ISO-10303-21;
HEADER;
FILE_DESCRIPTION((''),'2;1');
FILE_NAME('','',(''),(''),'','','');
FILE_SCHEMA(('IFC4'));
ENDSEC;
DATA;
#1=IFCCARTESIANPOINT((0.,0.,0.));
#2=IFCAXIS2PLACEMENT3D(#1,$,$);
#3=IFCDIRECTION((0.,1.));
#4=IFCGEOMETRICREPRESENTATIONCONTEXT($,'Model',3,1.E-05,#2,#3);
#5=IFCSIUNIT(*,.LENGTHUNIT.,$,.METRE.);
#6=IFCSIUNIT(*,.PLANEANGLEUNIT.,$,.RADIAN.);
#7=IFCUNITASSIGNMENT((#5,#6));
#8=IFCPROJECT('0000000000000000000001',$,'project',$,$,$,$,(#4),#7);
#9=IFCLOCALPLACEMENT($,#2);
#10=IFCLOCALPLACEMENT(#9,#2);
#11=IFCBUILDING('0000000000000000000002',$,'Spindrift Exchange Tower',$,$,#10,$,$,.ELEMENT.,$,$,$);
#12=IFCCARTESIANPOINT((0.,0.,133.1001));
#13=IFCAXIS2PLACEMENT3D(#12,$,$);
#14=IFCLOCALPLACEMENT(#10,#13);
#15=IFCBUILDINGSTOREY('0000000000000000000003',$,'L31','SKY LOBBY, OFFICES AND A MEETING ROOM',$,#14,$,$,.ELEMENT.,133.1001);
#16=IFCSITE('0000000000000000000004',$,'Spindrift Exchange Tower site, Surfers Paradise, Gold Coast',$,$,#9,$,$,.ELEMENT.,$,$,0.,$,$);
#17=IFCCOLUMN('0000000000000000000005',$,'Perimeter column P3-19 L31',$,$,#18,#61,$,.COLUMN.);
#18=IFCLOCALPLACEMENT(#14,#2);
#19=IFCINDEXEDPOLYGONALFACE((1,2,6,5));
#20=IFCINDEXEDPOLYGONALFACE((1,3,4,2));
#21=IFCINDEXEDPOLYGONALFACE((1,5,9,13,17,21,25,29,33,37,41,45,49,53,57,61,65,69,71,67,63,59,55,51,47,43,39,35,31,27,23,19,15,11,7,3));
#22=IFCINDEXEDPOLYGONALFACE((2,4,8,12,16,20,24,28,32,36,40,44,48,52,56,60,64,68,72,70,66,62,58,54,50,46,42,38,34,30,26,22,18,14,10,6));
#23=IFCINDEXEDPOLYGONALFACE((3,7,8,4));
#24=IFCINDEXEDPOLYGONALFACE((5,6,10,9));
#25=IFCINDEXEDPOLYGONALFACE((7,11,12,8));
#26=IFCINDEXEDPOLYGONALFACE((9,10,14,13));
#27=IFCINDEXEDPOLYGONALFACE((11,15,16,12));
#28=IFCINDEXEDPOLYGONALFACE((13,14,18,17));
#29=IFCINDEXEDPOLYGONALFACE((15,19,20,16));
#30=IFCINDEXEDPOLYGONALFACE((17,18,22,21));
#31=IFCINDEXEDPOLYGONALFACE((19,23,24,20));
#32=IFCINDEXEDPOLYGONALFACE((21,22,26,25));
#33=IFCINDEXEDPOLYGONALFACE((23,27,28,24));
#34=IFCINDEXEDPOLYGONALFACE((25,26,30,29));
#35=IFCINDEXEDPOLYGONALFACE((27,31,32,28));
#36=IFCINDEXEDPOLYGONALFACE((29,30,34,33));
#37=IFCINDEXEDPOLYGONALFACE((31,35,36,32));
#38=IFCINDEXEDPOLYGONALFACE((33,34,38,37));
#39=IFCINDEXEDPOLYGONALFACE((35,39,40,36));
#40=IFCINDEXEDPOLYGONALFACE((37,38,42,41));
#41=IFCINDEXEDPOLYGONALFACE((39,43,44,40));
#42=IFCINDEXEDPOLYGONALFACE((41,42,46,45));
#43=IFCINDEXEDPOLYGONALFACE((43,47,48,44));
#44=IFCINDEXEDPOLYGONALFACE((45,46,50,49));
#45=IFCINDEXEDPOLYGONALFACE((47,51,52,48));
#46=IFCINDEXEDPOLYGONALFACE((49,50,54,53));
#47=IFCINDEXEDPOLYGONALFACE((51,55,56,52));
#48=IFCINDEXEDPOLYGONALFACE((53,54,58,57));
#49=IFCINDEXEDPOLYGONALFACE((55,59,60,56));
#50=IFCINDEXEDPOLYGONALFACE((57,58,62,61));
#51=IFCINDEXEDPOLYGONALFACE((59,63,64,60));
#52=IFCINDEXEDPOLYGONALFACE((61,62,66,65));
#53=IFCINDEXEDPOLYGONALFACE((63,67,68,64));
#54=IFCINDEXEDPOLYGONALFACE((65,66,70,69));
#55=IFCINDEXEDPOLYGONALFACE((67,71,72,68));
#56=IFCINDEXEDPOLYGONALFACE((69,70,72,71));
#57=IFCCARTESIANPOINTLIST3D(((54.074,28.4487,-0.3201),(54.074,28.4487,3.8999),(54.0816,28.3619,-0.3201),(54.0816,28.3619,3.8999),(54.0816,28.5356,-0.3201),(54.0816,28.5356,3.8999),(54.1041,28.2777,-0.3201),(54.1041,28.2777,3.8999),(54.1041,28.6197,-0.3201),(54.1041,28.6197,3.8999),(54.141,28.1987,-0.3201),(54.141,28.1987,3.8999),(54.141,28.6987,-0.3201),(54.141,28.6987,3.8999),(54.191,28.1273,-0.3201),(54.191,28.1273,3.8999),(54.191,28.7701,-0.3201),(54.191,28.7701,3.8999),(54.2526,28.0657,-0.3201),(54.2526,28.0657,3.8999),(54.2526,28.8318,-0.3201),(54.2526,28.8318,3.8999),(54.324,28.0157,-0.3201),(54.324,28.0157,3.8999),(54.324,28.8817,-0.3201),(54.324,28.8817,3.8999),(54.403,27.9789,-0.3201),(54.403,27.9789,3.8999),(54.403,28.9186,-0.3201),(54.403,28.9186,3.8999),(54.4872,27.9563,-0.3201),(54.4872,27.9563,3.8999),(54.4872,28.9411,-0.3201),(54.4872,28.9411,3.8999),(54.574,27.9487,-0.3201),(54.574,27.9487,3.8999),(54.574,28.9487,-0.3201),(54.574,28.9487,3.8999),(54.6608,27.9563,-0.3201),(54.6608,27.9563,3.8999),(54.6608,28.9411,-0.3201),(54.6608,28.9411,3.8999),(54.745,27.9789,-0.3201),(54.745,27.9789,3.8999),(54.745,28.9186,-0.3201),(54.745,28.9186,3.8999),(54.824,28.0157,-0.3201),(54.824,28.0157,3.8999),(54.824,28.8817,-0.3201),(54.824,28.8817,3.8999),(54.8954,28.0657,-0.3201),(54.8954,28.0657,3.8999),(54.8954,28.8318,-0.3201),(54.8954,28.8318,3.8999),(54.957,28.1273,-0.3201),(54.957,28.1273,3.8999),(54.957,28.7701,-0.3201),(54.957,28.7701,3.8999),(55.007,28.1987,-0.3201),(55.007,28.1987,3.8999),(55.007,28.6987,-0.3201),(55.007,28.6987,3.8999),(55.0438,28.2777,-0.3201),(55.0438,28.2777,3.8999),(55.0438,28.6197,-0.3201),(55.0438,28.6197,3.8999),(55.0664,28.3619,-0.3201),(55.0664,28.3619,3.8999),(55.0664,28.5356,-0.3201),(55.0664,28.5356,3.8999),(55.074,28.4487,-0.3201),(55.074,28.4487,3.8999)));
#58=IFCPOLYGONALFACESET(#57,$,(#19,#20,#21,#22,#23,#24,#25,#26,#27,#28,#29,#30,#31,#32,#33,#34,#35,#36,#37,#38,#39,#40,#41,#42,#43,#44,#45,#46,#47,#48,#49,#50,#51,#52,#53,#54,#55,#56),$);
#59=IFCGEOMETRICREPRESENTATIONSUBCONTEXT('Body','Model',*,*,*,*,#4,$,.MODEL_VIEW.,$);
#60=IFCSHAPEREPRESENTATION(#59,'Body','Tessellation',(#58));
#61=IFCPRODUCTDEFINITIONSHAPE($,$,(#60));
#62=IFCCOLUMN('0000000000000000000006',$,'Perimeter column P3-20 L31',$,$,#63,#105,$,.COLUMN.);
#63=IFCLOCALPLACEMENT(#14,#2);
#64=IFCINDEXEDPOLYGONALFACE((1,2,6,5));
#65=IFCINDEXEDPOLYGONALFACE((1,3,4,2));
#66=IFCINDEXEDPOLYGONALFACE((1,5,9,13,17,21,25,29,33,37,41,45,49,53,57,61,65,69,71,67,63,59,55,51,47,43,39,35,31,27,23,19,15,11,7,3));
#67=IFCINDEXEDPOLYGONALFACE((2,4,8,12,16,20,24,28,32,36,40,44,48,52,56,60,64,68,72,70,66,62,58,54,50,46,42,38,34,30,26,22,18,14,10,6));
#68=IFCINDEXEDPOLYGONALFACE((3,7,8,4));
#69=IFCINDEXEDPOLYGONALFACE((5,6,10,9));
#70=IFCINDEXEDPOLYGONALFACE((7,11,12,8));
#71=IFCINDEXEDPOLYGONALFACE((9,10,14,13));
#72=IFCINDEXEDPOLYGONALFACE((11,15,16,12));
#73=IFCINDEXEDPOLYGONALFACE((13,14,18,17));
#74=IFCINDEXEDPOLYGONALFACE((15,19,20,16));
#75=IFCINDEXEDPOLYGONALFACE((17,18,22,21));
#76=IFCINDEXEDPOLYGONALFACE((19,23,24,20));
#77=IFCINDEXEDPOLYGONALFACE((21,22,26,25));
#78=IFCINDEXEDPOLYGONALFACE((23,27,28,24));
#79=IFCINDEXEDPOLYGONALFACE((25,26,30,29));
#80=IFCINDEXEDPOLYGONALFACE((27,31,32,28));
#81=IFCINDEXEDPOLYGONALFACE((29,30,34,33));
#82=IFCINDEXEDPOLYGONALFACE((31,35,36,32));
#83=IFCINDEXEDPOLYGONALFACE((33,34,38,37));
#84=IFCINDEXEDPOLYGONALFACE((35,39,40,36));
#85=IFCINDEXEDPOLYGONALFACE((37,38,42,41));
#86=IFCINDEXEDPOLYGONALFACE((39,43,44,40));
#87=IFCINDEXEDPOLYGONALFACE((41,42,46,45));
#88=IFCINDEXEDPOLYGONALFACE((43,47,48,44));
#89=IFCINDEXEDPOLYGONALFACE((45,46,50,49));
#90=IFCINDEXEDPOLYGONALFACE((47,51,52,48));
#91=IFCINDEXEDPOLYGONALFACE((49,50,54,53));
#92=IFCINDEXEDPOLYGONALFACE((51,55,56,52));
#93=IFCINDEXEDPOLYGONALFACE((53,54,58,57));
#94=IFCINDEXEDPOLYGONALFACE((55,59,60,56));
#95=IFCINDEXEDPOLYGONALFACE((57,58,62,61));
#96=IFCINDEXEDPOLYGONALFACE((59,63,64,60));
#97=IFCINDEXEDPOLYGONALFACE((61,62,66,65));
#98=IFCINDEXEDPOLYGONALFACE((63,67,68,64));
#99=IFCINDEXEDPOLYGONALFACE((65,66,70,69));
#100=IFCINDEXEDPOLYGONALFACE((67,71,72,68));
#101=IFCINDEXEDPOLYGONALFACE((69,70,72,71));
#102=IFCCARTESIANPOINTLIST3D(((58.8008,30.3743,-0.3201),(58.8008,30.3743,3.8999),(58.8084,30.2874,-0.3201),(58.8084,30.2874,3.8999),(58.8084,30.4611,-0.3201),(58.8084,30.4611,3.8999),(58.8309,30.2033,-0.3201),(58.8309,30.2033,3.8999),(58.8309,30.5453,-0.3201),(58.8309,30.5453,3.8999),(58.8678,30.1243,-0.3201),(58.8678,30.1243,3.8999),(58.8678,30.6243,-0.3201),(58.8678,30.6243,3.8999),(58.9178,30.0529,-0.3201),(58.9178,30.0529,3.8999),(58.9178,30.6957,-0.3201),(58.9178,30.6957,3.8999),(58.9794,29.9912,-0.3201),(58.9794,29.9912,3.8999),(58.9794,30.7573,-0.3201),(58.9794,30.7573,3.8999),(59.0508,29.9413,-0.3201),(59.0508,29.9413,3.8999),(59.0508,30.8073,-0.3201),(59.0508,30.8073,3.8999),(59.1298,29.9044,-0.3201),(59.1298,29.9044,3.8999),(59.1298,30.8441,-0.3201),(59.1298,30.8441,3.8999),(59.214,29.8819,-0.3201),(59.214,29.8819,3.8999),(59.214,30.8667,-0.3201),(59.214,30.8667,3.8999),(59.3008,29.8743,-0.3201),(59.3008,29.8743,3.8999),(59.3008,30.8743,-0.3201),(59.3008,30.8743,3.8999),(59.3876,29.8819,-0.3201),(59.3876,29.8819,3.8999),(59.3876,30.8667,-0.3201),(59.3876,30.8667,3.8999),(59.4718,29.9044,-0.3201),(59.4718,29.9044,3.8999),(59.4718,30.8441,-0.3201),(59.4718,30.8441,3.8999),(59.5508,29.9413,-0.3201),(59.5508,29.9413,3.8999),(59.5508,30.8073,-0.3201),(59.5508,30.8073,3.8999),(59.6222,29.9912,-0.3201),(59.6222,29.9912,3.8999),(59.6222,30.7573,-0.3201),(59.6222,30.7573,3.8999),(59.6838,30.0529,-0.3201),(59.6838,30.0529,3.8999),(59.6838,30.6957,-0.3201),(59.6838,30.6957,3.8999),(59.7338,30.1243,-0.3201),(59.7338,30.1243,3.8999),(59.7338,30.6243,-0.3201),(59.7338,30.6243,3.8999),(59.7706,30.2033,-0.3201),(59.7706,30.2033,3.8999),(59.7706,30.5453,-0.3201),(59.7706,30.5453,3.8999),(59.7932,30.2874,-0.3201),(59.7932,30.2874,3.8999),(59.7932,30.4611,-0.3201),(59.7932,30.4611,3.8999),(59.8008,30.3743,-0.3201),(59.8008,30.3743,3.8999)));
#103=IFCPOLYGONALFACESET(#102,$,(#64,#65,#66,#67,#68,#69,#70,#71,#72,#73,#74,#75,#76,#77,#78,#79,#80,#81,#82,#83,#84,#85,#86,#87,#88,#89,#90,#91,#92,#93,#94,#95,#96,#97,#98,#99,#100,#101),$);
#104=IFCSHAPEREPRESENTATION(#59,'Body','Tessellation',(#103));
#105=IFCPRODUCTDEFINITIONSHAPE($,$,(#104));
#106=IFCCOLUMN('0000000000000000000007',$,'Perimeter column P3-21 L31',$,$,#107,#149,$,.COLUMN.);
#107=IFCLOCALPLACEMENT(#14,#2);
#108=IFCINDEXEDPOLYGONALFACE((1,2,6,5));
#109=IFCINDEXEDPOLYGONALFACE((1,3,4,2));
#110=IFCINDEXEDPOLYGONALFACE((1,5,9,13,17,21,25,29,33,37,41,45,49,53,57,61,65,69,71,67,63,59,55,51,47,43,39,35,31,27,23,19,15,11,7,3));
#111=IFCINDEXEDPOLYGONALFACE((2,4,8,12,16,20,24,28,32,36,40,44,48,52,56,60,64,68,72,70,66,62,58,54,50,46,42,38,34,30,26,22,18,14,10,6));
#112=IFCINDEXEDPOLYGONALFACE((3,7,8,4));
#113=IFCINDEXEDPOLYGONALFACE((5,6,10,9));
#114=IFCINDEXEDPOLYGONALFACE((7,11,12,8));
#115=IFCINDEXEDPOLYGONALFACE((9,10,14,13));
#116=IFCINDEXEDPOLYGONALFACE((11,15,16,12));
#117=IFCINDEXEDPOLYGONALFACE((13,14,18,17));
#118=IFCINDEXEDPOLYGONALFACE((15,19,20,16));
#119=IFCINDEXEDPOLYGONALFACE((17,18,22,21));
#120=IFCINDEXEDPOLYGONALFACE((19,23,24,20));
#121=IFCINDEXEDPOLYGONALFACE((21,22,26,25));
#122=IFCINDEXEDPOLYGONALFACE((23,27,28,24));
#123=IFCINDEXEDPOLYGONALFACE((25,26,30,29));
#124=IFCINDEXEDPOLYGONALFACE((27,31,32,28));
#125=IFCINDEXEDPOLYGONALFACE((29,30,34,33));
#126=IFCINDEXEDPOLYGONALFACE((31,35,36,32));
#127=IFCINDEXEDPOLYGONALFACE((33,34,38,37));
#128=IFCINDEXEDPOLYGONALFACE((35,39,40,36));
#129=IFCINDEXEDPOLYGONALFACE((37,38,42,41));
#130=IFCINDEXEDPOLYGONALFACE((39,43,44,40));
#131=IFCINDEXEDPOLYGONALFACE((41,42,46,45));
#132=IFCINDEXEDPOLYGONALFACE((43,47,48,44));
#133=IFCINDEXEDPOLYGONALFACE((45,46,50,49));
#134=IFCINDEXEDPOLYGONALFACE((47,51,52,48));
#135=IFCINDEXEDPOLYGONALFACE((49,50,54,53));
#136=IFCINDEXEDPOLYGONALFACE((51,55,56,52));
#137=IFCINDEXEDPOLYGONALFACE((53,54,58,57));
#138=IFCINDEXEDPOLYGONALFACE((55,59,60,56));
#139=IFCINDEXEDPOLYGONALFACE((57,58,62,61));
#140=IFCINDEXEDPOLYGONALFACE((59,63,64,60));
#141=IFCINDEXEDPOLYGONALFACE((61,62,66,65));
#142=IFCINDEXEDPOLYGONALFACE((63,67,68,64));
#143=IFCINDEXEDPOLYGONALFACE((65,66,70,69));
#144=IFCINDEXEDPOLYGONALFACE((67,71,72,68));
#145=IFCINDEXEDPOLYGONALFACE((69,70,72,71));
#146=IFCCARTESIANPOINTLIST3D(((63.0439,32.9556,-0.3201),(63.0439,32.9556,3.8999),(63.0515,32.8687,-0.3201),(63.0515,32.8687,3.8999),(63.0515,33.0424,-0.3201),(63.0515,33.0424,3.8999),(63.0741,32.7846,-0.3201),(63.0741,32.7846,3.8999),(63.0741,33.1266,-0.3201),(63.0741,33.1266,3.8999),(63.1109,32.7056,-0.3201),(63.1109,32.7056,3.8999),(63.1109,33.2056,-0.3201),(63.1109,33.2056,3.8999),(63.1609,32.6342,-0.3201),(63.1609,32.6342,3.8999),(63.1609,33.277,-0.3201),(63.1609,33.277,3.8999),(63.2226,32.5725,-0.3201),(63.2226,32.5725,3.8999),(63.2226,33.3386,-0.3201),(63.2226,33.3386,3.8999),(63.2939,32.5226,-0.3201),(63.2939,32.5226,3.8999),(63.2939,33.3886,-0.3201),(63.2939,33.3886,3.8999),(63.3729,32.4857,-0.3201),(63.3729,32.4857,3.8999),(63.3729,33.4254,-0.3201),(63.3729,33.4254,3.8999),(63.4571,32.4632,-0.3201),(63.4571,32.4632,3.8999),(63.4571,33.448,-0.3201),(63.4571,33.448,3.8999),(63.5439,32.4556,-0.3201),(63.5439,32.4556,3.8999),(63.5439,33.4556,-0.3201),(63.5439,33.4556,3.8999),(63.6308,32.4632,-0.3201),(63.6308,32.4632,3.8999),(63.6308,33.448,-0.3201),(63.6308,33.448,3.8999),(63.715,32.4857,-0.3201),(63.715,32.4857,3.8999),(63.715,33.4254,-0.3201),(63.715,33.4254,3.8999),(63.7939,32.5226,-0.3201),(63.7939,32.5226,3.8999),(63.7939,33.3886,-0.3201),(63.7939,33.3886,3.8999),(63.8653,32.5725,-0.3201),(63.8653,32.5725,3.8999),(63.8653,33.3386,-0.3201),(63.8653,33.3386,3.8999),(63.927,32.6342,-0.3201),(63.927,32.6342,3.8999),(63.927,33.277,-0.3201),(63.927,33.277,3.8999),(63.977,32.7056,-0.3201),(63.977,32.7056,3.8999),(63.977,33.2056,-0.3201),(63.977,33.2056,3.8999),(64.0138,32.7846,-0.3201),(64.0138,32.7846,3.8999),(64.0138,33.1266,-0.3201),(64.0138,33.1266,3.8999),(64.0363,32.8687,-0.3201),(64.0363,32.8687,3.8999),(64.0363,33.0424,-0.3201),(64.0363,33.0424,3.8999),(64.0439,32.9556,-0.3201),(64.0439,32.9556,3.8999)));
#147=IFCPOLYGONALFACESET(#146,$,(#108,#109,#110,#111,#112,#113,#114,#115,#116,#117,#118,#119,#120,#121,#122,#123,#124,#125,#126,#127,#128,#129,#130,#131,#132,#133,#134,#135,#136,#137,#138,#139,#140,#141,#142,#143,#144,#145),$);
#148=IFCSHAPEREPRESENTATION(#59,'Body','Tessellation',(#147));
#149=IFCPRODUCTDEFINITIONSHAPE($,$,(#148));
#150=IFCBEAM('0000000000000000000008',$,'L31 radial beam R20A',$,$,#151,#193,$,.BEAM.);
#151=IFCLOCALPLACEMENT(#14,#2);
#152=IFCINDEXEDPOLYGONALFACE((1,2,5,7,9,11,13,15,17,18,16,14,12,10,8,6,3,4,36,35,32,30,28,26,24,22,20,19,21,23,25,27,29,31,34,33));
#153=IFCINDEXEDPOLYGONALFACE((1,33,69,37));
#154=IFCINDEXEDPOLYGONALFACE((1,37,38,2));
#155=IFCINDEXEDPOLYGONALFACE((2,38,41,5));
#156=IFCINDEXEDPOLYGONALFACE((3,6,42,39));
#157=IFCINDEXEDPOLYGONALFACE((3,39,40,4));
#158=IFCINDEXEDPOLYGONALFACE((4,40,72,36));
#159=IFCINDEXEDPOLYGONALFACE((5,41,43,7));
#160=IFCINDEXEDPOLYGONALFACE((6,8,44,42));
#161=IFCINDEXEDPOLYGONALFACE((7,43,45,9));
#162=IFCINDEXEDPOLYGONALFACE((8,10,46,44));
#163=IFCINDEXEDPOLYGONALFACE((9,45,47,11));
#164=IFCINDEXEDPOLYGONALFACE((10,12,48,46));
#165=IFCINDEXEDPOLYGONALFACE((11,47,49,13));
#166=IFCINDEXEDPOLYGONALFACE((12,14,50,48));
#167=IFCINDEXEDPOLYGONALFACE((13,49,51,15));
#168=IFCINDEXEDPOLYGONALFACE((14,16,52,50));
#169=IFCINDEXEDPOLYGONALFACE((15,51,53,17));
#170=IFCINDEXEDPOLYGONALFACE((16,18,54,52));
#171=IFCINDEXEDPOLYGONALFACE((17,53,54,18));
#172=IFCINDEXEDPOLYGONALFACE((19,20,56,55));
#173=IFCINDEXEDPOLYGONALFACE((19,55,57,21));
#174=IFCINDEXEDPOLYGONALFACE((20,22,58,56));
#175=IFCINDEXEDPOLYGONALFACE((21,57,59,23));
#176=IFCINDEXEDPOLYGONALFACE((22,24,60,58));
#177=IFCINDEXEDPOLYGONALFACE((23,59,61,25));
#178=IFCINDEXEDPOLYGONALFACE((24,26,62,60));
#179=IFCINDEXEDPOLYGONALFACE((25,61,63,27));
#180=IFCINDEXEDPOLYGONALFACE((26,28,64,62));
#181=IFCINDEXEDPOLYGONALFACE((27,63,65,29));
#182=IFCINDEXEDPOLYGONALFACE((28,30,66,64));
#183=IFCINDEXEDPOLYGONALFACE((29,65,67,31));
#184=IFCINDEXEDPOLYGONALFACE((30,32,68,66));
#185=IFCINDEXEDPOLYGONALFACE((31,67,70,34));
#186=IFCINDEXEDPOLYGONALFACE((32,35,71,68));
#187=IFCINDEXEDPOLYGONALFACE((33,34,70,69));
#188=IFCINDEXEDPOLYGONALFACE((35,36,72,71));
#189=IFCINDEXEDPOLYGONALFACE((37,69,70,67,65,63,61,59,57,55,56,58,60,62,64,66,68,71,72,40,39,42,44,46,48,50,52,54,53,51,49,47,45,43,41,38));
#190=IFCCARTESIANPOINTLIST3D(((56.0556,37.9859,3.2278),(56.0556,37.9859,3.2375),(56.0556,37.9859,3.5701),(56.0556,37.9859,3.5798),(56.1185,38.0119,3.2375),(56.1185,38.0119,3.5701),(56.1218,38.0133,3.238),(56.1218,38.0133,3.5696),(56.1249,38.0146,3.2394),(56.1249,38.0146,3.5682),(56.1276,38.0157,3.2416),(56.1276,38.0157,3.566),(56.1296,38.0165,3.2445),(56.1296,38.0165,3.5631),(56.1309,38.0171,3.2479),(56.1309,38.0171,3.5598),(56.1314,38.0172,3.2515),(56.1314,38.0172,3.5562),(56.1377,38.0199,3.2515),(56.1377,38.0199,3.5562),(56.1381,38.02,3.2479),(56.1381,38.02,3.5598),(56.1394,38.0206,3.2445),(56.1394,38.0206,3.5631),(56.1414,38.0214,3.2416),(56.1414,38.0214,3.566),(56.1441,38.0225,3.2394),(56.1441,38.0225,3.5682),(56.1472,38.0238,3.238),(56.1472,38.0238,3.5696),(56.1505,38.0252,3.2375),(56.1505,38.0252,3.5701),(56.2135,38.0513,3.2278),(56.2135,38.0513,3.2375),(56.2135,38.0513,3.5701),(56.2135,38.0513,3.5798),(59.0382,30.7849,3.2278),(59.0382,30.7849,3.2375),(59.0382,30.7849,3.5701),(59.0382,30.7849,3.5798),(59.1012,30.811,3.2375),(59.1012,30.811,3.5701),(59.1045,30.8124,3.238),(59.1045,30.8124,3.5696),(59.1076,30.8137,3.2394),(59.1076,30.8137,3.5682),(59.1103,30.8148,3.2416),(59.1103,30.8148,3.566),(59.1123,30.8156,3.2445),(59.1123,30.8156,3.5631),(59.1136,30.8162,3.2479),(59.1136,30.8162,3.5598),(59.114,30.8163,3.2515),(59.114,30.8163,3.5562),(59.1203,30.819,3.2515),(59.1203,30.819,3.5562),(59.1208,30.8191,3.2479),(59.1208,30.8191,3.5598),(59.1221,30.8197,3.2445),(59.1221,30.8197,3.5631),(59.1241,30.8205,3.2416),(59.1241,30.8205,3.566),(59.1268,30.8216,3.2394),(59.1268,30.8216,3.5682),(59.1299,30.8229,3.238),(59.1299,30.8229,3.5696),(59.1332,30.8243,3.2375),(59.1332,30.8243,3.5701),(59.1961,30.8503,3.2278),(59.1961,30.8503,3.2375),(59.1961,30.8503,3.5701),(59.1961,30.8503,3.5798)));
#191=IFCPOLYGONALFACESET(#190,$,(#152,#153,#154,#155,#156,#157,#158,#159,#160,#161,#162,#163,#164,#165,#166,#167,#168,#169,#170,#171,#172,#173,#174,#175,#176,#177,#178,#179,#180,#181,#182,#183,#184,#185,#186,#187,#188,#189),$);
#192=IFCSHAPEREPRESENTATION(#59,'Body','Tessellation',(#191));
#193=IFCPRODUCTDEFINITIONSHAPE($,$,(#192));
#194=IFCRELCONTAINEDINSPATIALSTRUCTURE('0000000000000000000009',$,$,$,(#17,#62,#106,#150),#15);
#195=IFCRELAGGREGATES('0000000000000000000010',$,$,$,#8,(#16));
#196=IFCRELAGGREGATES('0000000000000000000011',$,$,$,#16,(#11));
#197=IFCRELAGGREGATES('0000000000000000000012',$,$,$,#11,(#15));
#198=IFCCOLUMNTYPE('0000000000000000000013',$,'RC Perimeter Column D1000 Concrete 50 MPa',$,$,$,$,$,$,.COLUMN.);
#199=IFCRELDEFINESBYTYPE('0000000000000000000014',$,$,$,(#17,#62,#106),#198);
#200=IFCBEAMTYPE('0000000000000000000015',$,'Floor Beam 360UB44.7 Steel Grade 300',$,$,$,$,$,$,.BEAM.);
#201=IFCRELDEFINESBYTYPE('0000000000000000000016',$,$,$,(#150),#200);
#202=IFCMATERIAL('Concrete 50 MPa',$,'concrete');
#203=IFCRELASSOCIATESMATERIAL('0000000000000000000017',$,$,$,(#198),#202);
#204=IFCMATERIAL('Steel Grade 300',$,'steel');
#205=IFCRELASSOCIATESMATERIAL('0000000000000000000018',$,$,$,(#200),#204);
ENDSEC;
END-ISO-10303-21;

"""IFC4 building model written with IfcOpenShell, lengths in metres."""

from ifc_helpers import new_model, si_unit, direction, frame, origin, origin_2d, place, context, subcontext, project, spatial, circle, i_section, extrude, source, transform, mapped, material, material_profile, profile_set, type_object, element, save


model = new_model("IFC4")

# Units and contexts
model_context = context("Model", 3, precision=1e-05, world=origin(), true_north=direction((0.0, 1.0)))
body_context = subcontext(model_context, "Body", "Model", "MODEL_VIEW")
ifc_project = project(units=[si_unit("LENGTHUNIT", "METRE"), si_unit("PLANEANGLEUNIT", "RADIAN")], contexts=[model_context])

# Site, building, storey
site_placement = place(None, origin())
site = spatial("IfcSite", under=ifc_project, at=site_placement, Name="Spindrift Exchange Tower site, Surfers Paradise, Gold Coast", CompositionType="ELEMENT", RefElevation=0.0)
building_placement = place(site_placement, origin())
building = spatial("IfcBuilding", under=site, at=building_placement, Name="Spindrift Exchange Tower", CompositionType="ELEMENT")
storey_placement = place(building_placement, frame((0.0, 0.0, 133.1001)))
storey = spatial("IfcBuildingStorey", under=building, at=storey_placement, Name="L31", Description="SKY LOBBY, OFFICES AND A MEETING ROOM", CompositionType="ELEMENT", Elevation=133.1001)

# Columns
ifc_material_1 = material(Name="Concrete 50 MPa", Category="concrete")
ifc_material_profile_1 = material_profile(ifc_material_1, circle(Radius=0.5, at=origin_2d()), Name="RC D1000")
ifc_profile_set_1 = profile_set([ifc_material_profile_1], Name="Concrete 50 MPa")
column_type = type_object("IfcColumnType", Name="RC Perimeter Column D1000 Concrete 50 MPa", PredefinedType="COLUMN", material=ifc_profile_set_1)
shared_shape_1 = source(origin(), body_context, "Body", "SweptSolid", [
    extrude(circle(Radius=0.5, at=origin_2d()), origin(), (0.0, 0.0, 1.0), 4.22),
])
for number, where, z_axis, x_axis, name in (
    (1, (54.574, 28.4487, -0.3201), (0.0, 0.0, 1.0), (1.0, 0.0, 0.0), "Perimeter column P3-19 L31"),
    (2, (59.3008, 30.3743, -0.3201), (0.0, 0.0, 1.0), (1.0, 0.0, 0.0), "Perimeter column P3-20 L31"),
    (3, (63.5439, 32.9556, -0.3201), (0.0, 0.0, 1.0), (1.0, 0.0, 0.0), "Perimeter column P3-21 L31"),
):
    element("IfcColumn", number, at=place(storey_placement, frame(where, z_axis=z_axis, x_axis=x_axis)), inside=storey, type_object=column_type, Name=name, PredefinedType="COLUMN", context=body_context, shape_type="MappedRepresentation", body=[
        mapped(shared_shape_1, transform((0.0, 0.0, 0.0), scale=1.0)),
    ])

# Beam
ifc_material_2 = material(Name="Steel Grade 300", Category="steel")
ifc_material_profile_2 = material_profile(ifc_material_2, i_section(OverallWidth=0.1709, OverallDepth=0.3521, WebThickness=0.0068, FlangeThickness=0.0098, FilletRadius=0.0139, at=origin_2d()), Name="360UB44.7")
ifc_profile_set_2 = profile_set([ifc_material_profile_2], Name="Steel Grade 300")
beam_type_1 = type_object("IfcBeamType", Name="Floor Beam 360UB44.7 Steel Grade 300", PredefinedType="BEAM", material=ifc_profile_set_2)
shared_shape_2 = source(origin(), body_context, "Body", "SweptSolid", [
    extrude(i_section(OverallWidth=0.1709, OverallDepth=0.3521, WebThickness=0.0068, FlangeThickness=0.0098, FilletRadius=0.0139, at=origin_2d()), origin(), (0.0, 0.0, 1.0), 7.7942),
])
beam_1_placement = place(storey_placement, frame((56.1345, 38.0186, 3.4038), z_axis=(0.382677, -0.923882, 0.0), x_axis=(0.923882, 0.382677, 0.0)))
element("IfcBeam", 4, at=beam_1_placement, inside=storey, type_object=beam_type_1, Name="L31 radial beam R20A", PredefinedType="BEAM", context=body_context, shape_type="MappedRepresentation", body=[
    mapped(shared_shape_2, transform((0.0, 0.0, 0.0), scale=1.0)),
])

save(model, "model.ifc")
